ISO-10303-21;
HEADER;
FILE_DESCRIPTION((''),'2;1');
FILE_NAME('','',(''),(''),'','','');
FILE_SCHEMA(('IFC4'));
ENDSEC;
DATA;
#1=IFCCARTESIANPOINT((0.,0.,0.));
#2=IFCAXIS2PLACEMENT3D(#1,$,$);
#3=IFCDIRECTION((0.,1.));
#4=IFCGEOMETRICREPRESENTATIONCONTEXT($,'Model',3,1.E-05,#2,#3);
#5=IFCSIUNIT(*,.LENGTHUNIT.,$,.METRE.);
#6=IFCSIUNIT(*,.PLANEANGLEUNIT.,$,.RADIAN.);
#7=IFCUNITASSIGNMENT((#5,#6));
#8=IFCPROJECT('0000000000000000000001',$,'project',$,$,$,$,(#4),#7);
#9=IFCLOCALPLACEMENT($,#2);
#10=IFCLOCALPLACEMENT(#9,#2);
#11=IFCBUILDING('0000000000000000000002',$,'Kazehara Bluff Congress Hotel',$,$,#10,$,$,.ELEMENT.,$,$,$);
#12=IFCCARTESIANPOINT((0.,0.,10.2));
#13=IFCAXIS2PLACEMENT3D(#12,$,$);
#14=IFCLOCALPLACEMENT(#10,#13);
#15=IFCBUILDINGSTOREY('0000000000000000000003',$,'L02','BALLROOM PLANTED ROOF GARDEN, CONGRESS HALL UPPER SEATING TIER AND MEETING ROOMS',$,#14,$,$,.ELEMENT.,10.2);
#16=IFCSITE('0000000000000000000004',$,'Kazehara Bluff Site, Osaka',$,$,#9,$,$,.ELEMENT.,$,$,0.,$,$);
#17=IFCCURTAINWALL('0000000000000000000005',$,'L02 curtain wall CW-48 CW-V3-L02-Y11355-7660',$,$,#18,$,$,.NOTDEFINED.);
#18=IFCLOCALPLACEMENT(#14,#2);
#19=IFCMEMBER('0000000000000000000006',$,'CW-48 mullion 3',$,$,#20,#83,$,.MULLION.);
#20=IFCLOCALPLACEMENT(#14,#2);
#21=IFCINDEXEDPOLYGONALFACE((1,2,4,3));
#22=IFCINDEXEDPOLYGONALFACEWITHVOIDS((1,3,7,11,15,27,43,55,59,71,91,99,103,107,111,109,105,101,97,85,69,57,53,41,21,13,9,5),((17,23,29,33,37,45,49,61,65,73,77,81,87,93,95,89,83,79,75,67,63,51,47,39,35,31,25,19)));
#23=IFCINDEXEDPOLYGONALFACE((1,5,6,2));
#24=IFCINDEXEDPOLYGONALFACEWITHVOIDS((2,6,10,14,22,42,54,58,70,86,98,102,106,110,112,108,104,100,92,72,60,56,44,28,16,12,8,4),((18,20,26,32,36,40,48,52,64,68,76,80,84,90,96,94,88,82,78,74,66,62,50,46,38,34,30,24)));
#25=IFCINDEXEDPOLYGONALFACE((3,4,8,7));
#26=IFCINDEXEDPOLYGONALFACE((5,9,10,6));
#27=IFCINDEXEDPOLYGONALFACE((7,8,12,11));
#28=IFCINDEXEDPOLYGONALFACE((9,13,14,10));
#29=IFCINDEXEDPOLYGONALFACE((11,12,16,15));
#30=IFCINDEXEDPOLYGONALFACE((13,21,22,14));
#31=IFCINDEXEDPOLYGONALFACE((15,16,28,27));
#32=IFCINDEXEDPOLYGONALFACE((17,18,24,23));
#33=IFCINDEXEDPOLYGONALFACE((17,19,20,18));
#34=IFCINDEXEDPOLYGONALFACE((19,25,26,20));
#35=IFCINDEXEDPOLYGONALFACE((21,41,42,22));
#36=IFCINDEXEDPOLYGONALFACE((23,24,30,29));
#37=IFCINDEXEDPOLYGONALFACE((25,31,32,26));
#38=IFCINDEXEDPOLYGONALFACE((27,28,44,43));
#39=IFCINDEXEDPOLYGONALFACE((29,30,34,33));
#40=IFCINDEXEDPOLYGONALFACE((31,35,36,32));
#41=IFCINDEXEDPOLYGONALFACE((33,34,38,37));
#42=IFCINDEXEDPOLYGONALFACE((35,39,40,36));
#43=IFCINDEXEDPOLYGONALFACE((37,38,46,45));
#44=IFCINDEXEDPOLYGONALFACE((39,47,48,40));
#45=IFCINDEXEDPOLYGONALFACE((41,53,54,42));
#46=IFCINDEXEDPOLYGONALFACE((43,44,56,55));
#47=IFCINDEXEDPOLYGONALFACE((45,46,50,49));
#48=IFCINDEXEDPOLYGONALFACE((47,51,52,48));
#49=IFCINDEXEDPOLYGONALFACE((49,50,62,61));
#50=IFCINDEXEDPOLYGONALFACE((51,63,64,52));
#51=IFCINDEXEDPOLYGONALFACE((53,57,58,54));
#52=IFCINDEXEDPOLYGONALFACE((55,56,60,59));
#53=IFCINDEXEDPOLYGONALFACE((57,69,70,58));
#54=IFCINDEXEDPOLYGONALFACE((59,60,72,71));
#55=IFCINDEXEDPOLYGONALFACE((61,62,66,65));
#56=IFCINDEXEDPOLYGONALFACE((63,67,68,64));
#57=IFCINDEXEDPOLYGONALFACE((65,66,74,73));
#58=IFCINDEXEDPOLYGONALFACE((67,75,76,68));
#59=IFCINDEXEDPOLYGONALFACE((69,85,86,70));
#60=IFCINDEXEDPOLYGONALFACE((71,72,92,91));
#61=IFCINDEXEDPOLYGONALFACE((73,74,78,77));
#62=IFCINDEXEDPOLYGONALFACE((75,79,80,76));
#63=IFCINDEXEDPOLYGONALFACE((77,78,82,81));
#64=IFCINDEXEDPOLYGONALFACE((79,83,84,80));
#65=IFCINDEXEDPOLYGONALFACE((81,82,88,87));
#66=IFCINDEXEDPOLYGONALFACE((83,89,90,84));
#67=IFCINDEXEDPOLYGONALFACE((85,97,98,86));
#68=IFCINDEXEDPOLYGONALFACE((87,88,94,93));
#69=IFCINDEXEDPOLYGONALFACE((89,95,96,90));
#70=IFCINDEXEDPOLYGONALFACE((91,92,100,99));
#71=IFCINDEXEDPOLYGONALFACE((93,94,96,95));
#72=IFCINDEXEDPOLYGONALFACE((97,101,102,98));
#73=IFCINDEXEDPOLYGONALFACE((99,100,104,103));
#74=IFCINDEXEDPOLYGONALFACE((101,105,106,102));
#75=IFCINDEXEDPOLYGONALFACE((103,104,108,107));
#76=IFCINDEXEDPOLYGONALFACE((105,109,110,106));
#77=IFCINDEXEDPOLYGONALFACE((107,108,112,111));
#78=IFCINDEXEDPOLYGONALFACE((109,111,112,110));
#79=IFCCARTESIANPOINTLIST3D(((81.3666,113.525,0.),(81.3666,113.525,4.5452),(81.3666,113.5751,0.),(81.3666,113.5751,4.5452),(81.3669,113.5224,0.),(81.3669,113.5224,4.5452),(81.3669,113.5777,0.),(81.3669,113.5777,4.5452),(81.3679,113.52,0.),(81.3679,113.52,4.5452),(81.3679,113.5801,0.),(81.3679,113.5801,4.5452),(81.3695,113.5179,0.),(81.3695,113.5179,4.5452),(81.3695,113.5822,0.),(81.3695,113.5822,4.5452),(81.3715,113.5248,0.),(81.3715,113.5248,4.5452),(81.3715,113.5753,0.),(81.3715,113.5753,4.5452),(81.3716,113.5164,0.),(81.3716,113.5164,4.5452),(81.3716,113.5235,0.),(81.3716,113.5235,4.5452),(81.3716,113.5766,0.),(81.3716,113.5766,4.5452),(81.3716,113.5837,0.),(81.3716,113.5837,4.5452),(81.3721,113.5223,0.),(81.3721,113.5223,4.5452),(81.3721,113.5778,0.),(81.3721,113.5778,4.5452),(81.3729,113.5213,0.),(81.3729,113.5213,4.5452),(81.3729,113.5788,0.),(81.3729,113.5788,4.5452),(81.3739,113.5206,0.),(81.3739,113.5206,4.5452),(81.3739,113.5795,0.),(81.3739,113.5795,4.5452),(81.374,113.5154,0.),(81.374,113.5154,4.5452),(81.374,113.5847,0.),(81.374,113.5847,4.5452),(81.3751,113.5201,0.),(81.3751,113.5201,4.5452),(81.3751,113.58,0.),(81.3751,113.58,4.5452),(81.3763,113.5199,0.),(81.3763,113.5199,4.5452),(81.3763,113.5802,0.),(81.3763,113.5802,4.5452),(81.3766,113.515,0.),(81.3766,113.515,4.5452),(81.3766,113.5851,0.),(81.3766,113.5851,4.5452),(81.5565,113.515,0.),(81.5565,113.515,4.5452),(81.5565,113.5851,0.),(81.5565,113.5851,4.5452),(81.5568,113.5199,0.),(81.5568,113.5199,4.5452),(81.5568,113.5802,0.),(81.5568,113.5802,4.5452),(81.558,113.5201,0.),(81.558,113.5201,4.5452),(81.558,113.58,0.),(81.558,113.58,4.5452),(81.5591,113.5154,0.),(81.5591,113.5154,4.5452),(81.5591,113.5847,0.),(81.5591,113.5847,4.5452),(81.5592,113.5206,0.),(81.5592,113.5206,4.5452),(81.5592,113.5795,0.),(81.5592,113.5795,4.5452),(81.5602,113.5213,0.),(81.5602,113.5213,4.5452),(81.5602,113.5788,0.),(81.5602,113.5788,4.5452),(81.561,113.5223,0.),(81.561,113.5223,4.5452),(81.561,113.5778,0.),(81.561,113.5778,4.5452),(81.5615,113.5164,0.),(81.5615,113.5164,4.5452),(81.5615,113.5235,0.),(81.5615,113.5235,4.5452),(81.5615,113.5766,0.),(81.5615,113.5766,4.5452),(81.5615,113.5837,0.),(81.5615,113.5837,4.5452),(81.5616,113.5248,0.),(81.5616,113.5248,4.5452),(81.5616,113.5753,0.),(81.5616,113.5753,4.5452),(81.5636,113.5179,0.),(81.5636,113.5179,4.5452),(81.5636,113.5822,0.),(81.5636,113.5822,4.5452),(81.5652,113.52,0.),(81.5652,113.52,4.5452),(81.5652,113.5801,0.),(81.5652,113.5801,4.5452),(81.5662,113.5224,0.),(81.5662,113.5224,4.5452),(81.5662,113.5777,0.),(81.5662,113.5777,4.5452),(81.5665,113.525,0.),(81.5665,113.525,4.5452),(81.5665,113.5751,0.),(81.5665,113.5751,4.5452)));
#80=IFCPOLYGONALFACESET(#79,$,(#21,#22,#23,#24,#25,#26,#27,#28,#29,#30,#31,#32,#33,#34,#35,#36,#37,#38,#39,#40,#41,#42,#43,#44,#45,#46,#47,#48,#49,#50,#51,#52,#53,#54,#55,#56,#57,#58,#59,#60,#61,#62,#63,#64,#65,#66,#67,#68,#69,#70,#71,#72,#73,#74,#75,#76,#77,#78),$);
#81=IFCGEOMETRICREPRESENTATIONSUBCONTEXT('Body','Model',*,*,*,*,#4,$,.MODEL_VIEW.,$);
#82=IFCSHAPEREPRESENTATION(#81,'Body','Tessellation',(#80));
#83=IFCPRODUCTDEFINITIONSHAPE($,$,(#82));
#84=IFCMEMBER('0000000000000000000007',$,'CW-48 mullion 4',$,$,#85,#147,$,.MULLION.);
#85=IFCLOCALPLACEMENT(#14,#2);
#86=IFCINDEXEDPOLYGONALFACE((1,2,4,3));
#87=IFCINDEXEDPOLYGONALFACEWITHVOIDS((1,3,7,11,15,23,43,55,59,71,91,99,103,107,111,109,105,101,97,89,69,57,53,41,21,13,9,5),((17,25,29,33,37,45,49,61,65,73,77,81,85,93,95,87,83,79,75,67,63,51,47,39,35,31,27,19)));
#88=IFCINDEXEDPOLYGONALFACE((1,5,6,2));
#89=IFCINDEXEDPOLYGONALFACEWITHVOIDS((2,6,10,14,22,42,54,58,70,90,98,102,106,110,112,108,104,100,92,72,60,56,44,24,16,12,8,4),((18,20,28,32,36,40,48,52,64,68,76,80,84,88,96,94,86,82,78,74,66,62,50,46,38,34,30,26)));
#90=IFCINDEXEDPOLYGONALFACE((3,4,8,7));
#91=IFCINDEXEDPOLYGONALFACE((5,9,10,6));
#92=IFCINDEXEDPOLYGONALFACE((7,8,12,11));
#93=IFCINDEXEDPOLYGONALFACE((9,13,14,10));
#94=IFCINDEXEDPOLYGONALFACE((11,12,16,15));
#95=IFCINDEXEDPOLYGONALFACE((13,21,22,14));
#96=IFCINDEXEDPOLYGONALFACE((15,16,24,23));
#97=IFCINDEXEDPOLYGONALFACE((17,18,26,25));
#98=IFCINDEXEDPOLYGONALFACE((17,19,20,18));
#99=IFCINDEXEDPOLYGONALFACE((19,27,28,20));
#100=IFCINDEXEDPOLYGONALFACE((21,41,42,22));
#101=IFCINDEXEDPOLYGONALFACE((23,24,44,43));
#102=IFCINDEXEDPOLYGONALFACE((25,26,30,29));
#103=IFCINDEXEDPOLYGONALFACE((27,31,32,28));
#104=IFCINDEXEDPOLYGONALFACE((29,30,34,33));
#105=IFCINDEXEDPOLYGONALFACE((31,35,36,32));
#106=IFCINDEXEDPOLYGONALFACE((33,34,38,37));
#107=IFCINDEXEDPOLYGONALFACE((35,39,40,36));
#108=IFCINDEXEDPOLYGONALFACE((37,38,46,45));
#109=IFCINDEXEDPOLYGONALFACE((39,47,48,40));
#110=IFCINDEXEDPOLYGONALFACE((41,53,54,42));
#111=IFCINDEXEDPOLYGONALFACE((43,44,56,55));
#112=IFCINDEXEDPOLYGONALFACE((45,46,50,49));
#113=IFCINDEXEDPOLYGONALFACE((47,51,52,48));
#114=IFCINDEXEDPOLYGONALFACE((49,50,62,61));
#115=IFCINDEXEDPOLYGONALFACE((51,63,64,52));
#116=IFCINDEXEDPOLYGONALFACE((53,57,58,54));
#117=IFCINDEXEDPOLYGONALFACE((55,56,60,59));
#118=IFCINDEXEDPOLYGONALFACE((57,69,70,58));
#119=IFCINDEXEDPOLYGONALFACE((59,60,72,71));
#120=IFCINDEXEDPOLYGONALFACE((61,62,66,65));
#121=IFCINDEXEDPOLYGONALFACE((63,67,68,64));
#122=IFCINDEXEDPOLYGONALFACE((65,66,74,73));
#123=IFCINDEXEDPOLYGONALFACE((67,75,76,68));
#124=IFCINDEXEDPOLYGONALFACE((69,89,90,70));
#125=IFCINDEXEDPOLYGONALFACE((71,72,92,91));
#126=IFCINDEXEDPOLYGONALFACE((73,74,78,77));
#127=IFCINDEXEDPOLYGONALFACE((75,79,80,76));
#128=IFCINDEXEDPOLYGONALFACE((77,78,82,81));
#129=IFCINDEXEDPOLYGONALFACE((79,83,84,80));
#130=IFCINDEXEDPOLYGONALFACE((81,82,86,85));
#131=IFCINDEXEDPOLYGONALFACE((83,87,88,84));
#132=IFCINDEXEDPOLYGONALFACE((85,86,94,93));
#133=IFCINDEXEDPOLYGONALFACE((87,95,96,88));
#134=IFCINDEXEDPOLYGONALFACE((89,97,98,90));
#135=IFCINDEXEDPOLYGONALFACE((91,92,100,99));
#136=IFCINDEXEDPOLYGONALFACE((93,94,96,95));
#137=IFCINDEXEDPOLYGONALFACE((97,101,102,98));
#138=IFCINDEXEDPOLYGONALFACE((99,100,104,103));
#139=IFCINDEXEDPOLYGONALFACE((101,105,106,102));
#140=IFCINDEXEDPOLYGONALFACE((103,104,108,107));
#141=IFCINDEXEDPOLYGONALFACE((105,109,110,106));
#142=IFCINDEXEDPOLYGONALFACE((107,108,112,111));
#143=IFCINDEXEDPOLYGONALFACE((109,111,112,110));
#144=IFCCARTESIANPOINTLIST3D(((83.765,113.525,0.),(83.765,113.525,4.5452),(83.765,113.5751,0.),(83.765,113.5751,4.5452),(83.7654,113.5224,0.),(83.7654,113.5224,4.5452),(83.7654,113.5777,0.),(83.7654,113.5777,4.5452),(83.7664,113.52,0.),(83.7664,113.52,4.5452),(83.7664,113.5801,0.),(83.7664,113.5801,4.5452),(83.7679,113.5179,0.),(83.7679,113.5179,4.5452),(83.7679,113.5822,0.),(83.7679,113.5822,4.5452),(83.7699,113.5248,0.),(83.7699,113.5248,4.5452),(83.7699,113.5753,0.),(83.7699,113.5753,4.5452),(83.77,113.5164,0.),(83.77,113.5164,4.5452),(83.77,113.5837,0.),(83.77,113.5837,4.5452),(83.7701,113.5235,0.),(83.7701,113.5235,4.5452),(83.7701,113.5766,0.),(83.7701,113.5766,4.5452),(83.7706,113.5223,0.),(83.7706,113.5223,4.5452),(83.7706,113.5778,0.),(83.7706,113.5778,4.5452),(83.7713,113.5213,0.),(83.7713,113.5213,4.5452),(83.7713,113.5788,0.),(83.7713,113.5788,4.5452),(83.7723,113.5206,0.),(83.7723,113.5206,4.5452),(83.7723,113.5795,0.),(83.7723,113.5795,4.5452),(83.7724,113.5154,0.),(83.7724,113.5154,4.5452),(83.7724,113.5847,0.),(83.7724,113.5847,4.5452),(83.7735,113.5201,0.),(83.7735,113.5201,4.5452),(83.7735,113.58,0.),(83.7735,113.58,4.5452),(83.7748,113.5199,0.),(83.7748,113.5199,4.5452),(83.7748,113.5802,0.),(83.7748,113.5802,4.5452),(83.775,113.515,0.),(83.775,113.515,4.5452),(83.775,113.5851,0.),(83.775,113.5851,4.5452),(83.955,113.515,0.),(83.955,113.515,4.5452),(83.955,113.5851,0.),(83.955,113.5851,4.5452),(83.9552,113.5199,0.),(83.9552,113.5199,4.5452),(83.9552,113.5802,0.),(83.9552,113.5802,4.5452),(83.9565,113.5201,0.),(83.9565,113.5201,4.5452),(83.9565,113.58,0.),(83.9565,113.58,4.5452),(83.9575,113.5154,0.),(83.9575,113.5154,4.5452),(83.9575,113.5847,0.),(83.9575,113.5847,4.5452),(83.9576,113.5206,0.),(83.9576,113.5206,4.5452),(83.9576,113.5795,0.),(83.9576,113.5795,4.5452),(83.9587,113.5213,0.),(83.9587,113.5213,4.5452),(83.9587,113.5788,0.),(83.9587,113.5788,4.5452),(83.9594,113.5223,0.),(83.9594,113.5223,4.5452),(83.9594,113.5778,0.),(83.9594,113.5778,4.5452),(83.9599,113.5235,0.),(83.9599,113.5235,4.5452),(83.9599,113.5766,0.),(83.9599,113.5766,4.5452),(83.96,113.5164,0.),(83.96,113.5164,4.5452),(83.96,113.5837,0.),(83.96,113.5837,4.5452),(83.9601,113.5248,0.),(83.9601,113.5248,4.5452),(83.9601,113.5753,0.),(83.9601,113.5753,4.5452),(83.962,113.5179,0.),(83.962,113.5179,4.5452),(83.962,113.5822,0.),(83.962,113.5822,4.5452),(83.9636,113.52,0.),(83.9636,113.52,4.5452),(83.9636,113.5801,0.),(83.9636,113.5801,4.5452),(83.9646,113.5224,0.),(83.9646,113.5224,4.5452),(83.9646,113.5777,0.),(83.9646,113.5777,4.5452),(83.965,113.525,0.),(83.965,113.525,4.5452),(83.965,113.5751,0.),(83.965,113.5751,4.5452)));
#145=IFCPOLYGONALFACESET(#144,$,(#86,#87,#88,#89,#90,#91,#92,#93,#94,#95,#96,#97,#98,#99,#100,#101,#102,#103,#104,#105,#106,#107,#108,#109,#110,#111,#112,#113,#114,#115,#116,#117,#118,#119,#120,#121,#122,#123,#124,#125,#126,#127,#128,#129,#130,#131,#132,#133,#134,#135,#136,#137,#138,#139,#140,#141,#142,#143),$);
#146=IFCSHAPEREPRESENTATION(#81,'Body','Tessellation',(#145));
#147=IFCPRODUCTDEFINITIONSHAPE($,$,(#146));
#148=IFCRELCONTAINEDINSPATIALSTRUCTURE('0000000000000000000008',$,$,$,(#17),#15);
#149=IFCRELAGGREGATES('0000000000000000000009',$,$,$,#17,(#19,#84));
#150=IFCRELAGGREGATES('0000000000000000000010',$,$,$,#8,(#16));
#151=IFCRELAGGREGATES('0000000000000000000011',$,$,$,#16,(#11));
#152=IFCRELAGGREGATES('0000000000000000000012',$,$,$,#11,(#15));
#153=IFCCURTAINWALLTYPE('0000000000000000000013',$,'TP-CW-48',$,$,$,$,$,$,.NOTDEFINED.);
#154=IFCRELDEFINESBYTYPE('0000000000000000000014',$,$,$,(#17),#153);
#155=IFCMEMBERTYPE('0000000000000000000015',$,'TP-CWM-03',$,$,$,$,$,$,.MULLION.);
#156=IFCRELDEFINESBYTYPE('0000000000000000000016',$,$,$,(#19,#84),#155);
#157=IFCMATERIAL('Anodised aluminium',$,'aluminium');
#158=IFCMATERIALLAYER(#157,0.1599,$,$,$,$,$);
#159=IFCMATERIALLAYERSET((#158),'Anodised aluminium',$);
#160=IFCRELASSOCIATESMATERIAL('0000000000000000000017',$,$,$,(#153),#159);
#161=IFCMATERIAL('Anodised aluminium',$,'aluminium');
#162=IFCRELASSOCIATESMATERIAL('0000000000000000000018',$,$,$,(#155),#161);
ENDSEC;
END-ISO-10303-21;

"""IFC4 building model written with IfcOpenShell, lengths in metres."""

from ifc_helpers import new_model, si_unit, direction, frame, origin, origin_2d, place, context, subcontext, project, spatial, hollow_rectangle, extrude, material, layer, layer_set, material_profile, profile_set, type_object, element, aggregate, save


model = new_model("IFC4")

# Units and contexts
model_context = context("Model", 3, precision=1e-05, world=origin(), true_north=direction((0.0, 1.0)))
body_context = subcontext(model_context, "Body", "Model", "MODEL_VIEW")
ifc_project = project(units=[si_unit("LENGTHUNIT", "METRE"), si_unit("PLANEANGLEUNIT", "RADIAN")], contexts=[model_context])

# Site, building, storey
site_placement = place(None, origin())
site = spatial("IfcSite", under=ifc_project, at=site_placement, Name="Kazehara Bluff Site, Osaka", CompositionType="ELEMENT", RefElevation=0.0)
building_placement = place(site_placement, origin())
building = spatial("IfcBuilding", under=site, at=building_placement, Name="Kazehara Bluff Congress Hotel", CompositionType="ELEMENT")
storey_placement = place(building_placement, frame((0.0, 0.0, 10.2)))
storey = spatial("IfcBuildingStorey", under=building, at=storey_placement, Name="L02", Description="BALLROOM PLANTED ROOF GARDEN, CONGRESS HALL UPPER SEATING TIER AND MEETING ROOMS", CompositionType="ELEMENT", Elevation=10.2)

# Curtain wall, members
ifc_material_1 = material(Name="Anodised aluminium", Category="aluminium")
ifc_layer_1 = layer(ifc_material_1, 0.1599)
ifc_layer_set_1 = layer_set([ifc_layer_1], Name="Anodised aluminium")
curtain_wall_type = type_object("IfcCurtainWallType", Name="TP-CW-48", PredefinedType="NOTDEFINED", material=ifc_layer_set_1)
curtain_wall_placement = place(storey_placement, origin())
curtain_wall = element("IfcCurtainWall", 1, at=curtain_wall_placement, inside=storey, type_object=curtain_wall_type, Name="L02 curtain wall CW-48 CW-V3-L02-Y11355-7660", PredefinedType="NOTDEFINED")
ifc_material_2 = material(Name="Anodised aluminium", Category="aluminium")
ifc_material_profile_1 = material_profile(ifc_material_2, hollow_rectangle(XDim=0.0701, YDim=0.2, WallThickness=0.0049, InnerFilletRadius=0.0049, OuterFilletRadius=0.01, at=origin_2d()))
ifc_profile_set_1 = profile_set([ifc_material_profile_1], Name="Anodised aluminium")
member_type_1 = type_object("IfcMemberType", Name="TP-CWM-03", PredefinedType="MULLION", material=ifc_profile_set_1)
member_1_placement = place(storey_placement, frame((81.4666, 113.55, 0.0), z_axis=(0.0, 0.0, 1.0), x_axis=(0.0, 1.0, 0.0)))
member_1 = element("IfcMember", 2, at=member_1_placement, type_object=member_type_1, Name="CW-48 mullion 3", PredefinedType="MULLION", context=body_context, shape_type="SweptSolid", body=[
    extrude(hollow_rectangle(XDim=0.0701, YDim=0.2, WallThickness=0.0049, InnerFilletRadius=0.0049, OuterFilletRadius=0.01, at=origin_2d()), origin(), (0.0, 0.0, 1.0), 4.5452),
])
member_2_placement = place(storey_placement, frame((83.865, 113.55, 0.0), z_axis=(0.0, 0.0, 1.0), x_axis=(0.0, 1.0, 0.0)))
member_2 = element("IfcMember", 3, at=member_2_placement, type_object=member_type_1, Name="CW-48 mullion 4", PredefinedType="MULLION", context=body_context, shape_type="SweptSolid", body=[
    extrude(hollow_rectangle(XDim=0.0701, YDim=0.2, WallThickness=0.0049, InnerFilletRadius=0.0049, OuterFilletRadius=0.01, at=origin_2d()), origin(), (0.0, 0.0, 1.0), 4.5452),
])
aggregate(curtain_wall, [member_1, member_2])

save(model, "model.ifc")
